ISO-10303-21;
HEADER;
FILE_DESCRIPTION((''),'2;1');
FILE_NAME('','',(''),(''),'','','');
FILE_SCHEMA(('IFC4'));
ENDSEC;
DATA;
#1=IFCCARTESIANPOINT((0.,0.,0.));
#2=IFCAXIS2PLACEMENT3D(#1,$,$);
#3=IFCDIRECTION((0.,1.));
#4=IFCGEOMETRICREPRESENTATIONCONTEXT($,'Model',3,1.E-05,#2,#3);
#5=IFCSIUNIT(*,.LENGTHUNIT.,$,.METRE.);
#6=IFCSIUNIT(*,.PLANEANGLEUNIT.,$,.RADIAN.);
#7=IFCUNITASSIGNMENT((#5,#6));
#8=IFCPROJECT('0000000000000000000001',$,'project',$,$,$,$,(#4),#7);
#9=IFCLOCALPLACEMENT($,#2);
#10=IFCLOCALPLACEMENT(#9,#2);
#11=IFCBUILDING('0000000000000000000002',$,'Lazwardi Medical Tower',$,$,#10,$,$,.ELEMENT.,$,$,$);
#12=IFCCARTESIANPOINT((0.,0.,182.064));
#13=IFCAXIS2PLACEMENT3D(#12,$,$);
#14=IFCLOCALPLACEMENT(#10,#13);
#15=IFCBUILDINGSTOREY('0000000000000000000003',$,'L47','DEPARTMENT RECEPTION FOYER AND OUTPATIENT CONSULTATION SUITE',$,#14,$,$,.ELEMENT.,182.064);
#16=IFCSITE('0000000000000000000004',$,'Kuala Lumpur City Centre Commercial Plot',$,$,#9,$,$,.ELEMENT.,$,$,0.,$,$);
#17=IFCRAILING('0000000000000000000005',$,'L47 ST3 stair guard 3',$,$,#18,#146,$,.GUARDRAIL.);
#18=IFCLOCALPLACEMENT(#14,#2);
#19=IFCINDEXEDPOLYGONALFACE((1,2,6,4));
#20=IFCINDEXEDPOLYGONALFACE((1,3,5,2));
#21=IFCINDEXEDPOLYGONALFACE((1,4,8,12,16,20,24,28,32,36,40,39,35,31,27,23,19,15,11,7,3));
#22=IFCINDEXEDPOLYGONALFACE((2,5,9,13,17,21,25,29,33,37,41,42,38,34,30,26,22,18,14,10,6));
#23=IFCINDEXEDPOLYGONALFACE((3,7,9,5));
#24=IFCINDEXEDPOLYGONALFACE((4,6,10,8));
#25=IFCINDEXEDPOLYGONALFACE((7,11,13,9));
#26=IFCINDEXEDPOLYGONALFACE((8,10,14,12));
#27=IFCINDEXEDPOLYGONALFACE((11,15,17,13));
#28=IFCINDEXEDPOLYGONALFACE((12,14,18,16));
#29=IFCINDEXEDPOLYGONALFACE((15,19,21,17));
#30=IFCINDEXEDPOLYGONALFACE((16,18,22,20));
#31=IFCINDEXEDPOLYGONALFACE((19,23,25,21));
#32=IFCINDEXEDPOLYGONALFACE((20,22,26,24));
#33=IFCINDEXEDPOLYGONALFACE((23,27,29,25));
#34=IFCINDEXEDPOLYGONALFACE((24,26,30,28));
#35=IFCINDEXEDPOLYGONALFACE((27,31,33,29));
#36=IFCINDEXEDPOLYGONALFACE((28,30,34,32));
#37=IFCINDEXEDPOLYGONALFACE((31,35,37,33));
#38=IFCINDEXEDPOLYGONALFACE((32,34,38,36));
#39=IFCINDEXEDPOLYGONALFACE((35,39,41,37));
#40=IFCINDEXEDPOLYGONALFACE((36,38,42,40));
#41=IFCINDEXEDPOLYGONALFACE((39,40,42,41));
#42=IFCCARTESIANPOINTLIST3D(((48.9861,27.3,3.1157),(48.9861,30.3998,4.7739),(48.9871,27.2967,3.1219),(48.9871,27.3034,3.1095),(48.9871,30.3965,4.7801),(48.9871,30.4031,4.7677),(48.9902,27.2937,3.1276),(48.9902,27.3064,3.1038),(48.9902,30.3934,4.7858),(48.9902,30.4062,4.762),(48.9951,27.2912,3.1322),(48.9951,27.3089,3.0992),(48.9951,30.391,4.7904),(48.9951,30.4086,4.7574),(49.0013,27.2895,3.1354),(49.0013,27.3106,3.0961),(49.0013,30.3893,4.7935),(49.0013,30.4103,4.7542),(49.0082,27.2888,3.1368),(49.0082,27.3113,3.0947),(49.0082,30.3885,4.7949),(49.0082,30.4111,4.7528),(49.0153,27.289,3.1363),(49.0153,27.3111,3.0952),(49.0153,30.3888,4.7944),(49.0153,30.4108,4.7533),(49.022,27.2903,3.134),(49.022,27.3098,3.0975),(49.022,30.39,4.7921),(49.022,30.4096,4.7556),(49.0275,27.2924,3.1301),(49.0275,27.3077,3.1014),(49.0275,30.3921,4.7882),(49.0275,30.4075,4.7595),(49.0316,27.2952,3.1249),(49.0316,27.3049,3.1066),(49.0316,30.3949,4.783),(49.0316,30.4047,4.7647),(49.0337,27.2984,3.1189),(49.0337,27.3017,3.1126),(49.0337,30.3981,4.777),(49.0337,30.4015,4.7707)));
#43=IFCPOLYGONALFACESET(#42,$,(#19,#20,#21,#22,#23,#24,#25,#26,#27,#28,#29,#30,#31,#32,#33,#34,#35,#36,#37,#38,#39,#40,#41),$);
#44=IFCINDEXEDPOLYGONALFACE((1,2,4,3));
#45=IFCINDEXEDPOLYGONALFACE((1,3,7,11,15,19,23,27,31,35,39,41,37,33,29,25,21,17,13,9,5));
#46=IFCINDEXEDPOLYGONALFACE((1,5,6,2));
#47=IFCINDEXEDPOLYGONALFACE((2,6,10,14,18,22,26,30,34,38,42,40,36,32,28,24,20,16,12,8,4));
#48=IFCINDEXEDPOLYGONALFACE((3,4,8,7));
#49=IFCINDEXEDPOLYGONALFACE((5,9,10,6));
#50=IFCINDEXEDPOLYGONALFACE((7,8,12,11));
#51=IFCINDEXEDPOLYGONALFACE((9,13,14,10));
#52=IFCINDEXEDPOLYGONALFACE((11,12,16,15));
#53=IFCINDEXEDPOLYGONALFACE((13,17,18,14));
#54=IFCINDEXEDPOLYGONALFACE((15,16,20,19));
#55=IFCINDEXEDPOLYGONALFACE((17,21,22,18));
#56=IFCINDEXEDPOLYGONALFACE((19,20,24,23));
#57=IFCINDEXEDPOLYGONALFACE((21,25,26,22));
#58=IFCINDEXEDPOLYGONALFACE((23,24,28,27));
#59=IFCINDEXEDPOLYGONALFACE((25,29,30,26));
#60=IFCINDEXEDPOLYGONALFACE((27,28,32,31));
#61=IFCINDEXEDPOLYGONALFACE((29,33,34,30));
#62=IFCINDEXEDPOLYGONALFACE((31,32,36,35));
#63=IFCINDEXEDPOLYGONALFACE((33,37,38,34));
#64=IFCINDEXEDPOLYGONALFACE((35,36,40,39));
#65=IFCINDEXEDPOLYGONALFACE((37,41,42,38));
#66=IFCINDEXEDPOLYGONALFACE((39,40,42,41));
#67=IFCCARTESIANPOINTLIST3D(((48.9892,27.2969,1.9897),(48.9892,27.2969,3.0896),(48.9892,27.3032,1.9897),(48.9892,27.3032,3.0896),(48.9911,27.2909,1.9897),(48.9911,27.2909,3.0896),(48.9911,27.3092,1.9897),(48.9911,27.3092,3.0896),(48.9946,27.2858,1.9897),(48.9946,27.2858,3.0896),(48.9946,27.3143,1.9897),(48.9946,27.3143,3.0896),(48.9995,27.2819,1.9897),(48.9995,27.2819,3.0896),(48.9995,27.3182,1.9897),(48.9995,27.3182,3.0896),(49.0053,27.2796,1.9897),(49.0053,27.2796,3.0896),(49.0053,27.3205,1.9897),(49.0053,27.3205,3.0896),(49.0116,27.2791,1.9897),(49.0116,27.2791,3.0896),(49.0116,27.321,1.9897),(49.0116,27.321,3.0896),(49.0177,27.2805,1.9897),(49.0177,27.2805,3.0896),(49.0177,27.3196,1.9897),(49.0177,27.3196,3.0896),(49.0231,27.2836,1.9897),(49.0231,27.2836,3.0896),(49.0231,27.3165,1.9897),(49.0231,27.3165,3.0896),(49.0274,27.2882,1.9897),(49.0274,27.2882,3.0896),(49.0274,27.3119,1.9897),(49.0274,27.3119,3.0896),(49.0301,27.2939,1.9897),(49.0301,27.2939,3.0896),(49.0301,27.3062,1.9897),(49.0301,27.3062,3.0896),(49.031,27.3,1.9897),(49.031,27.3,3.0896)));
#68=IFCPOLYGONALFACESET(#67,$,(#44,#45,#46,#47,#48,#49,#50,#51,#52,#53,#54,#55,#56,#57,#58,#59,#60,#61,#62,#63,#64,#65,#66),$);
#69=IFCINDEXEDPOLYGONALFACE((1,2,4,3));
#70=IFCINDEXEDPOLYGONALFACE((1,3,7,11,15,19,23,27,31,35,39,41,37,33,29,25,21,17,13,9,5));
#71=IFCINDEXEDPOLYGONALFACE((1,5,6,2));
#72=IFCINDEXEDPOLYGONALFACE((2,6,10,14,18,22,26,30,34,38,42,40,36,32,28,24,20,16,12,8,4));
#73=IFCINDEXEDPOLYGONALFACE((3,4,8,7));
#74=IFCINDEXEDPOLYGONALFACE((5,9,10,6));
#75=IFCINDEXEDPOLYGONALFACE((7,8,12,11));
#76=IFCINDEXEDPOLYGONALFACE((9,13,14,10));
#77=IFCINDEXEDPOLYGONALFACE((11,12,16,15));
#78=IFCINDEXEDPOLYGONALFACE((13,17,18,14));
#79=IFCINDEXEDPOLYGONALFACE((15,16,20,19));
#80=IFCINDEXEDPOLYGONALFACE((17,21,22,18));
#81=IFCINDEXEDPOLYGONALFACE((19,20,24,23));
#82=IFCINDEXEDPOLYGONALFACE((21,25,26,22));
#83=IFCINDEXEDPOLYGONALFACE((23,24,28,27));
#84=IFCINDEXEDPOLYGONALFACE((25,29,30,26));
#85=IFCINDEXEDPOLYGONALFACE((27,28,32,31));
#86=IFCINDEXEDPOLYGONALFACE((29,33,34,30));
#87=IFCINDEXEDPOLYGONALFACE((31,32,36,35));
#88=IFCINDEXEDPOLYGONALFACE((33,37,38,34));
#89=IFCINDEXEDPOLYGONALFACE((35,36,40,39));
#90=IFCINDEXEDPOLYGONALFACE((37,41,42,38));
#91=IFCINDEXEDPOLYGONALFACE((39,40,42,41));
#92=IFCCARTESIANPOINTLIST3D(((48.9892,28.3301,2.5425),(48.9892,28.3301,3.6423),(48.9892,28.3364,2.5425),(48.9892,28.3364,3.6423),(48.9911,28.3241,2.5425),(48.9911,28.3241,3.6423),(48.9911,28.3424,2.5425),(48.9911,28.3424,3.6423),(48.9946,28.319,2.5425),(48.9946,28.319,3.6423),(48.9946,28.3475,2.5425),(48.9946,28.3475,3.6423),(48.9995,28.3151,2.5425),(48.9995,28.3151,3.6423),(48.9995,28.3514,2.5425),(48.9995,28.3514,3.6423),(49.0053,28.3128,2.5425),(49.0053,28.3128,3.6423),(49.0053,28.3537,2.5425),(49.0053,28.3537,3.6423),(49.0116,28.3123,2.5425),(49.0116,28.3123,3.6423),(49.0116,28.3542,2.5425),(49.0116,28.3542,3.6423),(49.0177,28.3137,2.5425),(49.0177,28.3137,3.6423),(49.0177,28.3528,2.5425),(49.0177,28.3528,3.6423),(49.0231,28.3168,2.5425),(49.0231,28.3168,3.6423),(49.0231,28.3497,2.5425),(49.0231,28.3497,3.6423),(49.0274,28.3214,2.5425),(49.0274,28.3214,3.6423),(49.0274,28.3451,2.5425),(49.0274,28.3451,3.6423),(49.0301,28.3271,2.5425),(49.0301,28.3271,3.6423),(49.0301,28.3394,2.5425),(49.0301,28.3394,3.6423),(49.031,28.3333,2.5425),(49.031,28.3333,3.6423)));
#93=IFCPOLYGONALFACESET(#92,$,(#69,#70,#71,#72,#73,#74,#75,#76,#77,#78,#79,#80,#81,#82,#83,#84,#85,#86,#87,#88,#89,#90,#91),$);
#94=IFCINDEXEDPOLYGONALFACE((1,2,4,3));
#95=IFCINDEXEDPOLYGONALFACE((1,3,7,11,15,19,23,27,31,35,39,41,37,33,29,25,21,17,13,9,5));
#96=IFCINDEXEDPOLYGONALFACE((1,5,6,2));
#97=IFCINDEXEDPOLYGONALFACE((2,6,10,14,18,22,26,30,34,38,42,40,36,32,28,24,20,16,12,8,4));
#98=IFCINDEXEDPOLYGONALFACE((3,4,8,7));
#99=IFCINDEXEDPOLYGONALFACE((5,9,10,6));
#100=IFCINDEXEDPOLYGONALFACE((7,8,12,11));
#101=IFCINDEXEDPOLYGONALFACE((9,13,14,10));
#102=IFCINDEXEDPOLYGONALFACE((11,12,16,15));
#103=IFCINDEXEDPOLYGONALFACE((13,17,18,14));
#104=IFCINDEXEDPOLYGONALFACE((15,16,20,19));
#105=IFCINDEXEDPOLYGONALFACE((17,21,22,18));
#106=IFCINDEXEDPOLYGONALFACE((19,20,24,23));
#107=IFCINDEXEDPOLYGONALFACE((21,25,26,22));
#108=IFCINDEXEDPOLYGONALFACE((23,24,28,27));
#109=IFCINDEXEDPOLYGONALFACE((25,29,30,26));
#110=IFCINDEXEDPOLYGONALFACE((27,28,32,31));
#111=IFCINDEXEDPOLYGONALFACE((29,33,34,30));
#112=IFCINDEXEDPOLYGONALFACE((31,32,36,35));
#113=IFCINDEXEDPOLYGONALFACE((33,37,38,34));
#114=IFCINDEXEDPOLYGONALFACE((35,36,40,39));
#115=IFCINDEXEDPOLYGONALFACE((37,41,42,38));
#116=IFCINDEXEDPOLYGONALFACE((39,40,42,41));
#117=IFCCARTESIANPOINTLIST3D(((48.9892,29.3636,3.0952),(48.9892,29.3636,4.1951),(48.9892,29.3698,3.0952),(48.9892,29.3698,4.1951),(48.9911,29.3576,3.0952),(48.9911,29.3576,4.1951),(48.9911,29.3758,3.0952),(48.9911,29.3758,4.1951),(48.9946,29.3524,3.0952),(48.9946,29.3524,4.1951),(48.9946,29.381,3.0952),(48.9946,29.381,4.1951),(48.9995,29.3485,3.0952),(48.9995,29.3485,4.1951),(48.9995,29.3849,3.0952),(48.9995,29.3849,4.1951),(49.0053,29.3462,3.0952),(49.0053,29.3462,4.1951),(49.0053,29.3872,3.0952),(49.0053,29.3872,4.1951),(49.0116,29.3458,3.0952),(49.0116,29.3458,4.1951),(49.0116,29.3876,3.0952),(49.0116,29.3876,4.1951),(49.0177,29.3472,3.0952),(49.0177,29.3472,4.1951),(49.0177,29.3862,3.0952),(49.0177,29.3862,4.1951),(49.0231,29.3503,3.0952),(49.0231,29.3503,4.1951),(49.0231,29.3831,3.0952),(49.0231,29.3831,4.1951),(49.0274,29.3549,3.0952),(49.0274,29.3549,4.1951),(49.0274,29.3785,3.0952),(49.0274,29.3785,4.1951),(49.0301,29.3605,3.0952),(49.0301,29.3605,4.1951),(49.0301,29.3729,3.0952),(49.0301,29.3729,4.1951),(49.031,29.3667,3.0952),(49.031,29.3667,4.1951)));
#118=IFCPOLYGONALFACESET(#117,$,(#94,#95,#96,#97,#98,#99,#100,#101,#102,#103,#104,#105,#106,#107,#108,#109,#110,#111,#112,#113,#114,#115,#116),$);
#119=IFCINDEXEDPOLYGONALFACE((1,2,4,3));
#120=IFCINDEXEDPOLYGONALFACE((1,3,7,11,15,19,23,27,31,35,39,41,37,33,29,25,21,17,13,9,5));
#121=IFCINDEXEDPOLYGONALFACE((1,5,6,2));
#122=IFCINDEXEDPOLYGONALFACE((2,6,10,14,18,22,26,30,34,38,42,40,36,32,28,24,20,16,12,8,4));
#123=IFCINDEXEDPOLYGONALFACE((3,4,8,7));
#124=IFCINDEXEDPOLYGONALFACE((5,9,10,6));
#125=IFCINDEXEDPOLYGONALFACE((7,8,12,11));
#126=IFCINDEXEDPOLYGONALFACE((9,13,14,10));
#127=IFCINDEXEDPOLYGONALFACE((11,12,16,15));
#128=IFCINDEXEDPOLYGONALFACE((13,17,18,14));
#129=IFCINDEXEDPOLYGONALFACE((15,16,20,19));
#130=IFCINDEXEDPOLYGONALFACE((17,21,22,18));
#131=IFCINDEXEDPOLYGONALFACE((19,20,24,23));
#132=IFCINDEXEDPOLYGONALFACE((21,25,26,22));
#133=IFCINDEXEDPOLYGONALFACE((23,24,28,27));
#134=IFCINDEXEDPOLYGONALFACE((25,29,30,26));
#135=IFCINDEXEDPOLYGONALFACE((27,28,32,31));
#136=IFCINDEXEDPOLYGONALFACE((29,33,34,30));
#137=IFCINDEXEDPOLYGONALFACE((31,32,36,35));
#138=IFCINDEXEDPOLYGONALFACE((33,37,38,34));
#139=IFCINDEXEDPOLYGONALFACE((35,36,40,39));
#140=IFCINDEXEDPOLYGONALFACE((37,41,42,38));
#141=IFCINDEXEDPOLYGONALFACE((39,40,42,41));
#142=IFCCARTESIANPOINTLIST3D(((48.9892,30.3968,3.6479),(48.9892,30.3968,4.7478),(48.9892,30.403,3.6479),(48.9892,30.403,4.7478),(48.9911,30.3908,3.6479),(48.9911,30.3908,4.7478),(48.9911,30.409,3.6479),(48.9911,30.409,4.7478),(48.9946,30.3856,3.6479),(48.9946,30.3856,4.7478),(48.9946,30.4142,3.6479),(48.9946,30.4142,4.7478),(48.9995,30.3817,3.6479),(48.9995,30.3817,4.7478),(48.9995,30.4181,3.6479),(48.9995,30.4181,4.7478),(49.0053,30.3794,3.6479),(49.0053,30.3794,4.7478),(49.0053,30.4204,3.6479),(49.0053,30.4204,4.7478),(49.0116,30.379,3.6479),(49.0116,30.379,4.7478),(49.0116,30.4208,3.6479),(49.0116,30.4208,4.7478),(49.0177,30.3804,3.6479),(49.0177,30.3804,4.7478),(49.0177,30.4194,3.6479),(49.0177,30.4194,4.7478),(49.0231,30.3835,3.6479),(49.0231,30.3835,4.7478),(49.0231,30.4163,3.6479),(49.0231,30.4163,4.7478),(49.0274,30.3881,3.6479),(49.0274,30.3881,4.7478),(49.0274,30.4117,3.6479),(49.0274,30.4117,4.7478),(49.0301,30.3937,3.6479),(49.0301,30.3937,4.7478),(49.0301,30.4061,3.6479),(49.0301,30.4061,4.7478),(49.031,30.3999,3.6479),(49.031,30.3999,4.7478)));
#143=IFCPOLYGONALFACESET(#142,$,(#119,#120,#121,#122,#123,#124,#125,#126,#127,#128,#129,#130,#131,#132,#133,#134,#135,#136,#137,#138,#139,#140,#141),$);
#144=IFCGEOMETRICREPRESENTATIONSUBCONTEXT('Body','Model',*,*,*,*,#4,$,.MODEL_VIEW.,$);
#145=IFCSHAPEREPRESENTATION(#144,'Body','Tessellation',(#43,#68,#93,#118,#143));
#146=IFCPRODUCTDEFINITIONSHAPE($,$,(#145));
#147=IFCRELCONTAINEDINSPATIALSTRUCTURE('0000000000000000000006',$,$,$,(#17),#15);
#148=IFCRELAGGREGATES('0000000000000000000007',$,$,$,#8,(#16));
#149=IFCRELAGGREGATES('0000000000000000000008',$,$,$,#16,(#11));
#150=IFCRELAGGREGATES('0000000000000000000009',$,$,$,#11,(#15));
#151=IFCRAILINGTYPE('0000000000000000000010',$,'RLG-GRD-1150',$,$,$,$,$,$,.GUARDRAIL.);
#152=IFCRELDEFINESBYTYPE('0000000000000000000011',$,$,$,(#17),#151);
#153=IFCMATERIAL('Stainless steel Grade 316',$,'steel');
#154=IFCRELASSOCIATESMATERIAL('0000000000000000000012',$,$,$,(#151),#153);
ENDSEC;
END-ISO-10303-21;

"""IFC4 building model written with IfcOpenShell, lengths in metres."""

from ifc_helpers import new_model, si_unit, direction, frame, origin, origin_2d, place, context, subcontext, project, spatial, circle, extrude, material, type_object, element, save


model = new_model("IFC4")

# Units and contexts
model_context = context("Model", 3, precision=1e-05, world=origin(), true_north=direction((0.0, 1.0)))
body_context = subcontext(model_context, "Body", "Model", "MODEL_VIEW")
ifc_project = project(units=[si_unit("LENGTHUNIT", "METRE"), si_unit("PLANEANGLEUNIT", "RADIAN")], contexts=[model_context])

# Site, building, storey
site_placement = place(None, origin())
site = spatial("IfcSite", under=ifc_project, at=site_placement, Name="Kuala Lumpur City Centre Commercial Plot", CompositionType="ELEMENT", RefElevation=0.0)
building_placement = place(site_placement, origin())
building = spatial("IfcBuilding", under=site, at=building_placement, Name="Lazwardi Medical Tower", CompositionType="ELEMENT")
storey_placement = place(building_placement, frame((0.0, 0.0, 182.064)))
storey = spatial("IfcBuildingStorey", under=building, at=storey_placement, Name="L47", Description="DEPARTMENT RECEPTION FOYER AND OUTPATIENT CONSULTATION SUITE", CompositionType="ELEMENT", Elevation=182.064)

# Railing
ifc_material_1 = material(Name="Stainless steel Grade 316", Category="steel")
railing_type_1 = type_object("IfcRailingType", Name="RLG-GRD-1150", PredefinedType="GUARDRAIL", material=ifc_material_1)
railing_1_placement = place(storey_placement, frame((49.01, 27.3, 1.9897)))
element("IfcRailing", 1, at=railing_1_placement, inside=storey, type_object=railing_type_1, Name="L47 ST3 stair guard 3", PredefinedType="GUARDRAIL", context=body_context, shape_type="SweptSolid", body=[
    extrude(circle(Radius=0.0239, at=origin_2d()), frame((0.0, 0.0, 1.126), z_axis=(0.0, 0.881768, 0.471684), x_axis=(-1.0, 0.0, 0.0)), (0.0, 0.0, 1.0), 3.5154),
    extrude(circle(Radius=0.021, at=origin_2d()), origin(), (0.0, 0.0, 1.0), 1.0999),
    extrude(circle(Radius=0.021, at=origin_2d()), frame((0.0, 1.0332, 0.5527)), (0.0, 0.0, 1.0), 1.0999),
    extrude(circle(Radius=0.021, at=origin_2d()), frame((0.0, 2.0667, 1.1055)), (0.0, 0.0, 1.0), 1.0999),
    extrude(circle(Radius=0.021, at=origin_2d()), frame((0.0, 3.0999, 1.6582)), (0.0, 0.0, 1.0), 1.0999),
])

save(model, "model.ifc")
